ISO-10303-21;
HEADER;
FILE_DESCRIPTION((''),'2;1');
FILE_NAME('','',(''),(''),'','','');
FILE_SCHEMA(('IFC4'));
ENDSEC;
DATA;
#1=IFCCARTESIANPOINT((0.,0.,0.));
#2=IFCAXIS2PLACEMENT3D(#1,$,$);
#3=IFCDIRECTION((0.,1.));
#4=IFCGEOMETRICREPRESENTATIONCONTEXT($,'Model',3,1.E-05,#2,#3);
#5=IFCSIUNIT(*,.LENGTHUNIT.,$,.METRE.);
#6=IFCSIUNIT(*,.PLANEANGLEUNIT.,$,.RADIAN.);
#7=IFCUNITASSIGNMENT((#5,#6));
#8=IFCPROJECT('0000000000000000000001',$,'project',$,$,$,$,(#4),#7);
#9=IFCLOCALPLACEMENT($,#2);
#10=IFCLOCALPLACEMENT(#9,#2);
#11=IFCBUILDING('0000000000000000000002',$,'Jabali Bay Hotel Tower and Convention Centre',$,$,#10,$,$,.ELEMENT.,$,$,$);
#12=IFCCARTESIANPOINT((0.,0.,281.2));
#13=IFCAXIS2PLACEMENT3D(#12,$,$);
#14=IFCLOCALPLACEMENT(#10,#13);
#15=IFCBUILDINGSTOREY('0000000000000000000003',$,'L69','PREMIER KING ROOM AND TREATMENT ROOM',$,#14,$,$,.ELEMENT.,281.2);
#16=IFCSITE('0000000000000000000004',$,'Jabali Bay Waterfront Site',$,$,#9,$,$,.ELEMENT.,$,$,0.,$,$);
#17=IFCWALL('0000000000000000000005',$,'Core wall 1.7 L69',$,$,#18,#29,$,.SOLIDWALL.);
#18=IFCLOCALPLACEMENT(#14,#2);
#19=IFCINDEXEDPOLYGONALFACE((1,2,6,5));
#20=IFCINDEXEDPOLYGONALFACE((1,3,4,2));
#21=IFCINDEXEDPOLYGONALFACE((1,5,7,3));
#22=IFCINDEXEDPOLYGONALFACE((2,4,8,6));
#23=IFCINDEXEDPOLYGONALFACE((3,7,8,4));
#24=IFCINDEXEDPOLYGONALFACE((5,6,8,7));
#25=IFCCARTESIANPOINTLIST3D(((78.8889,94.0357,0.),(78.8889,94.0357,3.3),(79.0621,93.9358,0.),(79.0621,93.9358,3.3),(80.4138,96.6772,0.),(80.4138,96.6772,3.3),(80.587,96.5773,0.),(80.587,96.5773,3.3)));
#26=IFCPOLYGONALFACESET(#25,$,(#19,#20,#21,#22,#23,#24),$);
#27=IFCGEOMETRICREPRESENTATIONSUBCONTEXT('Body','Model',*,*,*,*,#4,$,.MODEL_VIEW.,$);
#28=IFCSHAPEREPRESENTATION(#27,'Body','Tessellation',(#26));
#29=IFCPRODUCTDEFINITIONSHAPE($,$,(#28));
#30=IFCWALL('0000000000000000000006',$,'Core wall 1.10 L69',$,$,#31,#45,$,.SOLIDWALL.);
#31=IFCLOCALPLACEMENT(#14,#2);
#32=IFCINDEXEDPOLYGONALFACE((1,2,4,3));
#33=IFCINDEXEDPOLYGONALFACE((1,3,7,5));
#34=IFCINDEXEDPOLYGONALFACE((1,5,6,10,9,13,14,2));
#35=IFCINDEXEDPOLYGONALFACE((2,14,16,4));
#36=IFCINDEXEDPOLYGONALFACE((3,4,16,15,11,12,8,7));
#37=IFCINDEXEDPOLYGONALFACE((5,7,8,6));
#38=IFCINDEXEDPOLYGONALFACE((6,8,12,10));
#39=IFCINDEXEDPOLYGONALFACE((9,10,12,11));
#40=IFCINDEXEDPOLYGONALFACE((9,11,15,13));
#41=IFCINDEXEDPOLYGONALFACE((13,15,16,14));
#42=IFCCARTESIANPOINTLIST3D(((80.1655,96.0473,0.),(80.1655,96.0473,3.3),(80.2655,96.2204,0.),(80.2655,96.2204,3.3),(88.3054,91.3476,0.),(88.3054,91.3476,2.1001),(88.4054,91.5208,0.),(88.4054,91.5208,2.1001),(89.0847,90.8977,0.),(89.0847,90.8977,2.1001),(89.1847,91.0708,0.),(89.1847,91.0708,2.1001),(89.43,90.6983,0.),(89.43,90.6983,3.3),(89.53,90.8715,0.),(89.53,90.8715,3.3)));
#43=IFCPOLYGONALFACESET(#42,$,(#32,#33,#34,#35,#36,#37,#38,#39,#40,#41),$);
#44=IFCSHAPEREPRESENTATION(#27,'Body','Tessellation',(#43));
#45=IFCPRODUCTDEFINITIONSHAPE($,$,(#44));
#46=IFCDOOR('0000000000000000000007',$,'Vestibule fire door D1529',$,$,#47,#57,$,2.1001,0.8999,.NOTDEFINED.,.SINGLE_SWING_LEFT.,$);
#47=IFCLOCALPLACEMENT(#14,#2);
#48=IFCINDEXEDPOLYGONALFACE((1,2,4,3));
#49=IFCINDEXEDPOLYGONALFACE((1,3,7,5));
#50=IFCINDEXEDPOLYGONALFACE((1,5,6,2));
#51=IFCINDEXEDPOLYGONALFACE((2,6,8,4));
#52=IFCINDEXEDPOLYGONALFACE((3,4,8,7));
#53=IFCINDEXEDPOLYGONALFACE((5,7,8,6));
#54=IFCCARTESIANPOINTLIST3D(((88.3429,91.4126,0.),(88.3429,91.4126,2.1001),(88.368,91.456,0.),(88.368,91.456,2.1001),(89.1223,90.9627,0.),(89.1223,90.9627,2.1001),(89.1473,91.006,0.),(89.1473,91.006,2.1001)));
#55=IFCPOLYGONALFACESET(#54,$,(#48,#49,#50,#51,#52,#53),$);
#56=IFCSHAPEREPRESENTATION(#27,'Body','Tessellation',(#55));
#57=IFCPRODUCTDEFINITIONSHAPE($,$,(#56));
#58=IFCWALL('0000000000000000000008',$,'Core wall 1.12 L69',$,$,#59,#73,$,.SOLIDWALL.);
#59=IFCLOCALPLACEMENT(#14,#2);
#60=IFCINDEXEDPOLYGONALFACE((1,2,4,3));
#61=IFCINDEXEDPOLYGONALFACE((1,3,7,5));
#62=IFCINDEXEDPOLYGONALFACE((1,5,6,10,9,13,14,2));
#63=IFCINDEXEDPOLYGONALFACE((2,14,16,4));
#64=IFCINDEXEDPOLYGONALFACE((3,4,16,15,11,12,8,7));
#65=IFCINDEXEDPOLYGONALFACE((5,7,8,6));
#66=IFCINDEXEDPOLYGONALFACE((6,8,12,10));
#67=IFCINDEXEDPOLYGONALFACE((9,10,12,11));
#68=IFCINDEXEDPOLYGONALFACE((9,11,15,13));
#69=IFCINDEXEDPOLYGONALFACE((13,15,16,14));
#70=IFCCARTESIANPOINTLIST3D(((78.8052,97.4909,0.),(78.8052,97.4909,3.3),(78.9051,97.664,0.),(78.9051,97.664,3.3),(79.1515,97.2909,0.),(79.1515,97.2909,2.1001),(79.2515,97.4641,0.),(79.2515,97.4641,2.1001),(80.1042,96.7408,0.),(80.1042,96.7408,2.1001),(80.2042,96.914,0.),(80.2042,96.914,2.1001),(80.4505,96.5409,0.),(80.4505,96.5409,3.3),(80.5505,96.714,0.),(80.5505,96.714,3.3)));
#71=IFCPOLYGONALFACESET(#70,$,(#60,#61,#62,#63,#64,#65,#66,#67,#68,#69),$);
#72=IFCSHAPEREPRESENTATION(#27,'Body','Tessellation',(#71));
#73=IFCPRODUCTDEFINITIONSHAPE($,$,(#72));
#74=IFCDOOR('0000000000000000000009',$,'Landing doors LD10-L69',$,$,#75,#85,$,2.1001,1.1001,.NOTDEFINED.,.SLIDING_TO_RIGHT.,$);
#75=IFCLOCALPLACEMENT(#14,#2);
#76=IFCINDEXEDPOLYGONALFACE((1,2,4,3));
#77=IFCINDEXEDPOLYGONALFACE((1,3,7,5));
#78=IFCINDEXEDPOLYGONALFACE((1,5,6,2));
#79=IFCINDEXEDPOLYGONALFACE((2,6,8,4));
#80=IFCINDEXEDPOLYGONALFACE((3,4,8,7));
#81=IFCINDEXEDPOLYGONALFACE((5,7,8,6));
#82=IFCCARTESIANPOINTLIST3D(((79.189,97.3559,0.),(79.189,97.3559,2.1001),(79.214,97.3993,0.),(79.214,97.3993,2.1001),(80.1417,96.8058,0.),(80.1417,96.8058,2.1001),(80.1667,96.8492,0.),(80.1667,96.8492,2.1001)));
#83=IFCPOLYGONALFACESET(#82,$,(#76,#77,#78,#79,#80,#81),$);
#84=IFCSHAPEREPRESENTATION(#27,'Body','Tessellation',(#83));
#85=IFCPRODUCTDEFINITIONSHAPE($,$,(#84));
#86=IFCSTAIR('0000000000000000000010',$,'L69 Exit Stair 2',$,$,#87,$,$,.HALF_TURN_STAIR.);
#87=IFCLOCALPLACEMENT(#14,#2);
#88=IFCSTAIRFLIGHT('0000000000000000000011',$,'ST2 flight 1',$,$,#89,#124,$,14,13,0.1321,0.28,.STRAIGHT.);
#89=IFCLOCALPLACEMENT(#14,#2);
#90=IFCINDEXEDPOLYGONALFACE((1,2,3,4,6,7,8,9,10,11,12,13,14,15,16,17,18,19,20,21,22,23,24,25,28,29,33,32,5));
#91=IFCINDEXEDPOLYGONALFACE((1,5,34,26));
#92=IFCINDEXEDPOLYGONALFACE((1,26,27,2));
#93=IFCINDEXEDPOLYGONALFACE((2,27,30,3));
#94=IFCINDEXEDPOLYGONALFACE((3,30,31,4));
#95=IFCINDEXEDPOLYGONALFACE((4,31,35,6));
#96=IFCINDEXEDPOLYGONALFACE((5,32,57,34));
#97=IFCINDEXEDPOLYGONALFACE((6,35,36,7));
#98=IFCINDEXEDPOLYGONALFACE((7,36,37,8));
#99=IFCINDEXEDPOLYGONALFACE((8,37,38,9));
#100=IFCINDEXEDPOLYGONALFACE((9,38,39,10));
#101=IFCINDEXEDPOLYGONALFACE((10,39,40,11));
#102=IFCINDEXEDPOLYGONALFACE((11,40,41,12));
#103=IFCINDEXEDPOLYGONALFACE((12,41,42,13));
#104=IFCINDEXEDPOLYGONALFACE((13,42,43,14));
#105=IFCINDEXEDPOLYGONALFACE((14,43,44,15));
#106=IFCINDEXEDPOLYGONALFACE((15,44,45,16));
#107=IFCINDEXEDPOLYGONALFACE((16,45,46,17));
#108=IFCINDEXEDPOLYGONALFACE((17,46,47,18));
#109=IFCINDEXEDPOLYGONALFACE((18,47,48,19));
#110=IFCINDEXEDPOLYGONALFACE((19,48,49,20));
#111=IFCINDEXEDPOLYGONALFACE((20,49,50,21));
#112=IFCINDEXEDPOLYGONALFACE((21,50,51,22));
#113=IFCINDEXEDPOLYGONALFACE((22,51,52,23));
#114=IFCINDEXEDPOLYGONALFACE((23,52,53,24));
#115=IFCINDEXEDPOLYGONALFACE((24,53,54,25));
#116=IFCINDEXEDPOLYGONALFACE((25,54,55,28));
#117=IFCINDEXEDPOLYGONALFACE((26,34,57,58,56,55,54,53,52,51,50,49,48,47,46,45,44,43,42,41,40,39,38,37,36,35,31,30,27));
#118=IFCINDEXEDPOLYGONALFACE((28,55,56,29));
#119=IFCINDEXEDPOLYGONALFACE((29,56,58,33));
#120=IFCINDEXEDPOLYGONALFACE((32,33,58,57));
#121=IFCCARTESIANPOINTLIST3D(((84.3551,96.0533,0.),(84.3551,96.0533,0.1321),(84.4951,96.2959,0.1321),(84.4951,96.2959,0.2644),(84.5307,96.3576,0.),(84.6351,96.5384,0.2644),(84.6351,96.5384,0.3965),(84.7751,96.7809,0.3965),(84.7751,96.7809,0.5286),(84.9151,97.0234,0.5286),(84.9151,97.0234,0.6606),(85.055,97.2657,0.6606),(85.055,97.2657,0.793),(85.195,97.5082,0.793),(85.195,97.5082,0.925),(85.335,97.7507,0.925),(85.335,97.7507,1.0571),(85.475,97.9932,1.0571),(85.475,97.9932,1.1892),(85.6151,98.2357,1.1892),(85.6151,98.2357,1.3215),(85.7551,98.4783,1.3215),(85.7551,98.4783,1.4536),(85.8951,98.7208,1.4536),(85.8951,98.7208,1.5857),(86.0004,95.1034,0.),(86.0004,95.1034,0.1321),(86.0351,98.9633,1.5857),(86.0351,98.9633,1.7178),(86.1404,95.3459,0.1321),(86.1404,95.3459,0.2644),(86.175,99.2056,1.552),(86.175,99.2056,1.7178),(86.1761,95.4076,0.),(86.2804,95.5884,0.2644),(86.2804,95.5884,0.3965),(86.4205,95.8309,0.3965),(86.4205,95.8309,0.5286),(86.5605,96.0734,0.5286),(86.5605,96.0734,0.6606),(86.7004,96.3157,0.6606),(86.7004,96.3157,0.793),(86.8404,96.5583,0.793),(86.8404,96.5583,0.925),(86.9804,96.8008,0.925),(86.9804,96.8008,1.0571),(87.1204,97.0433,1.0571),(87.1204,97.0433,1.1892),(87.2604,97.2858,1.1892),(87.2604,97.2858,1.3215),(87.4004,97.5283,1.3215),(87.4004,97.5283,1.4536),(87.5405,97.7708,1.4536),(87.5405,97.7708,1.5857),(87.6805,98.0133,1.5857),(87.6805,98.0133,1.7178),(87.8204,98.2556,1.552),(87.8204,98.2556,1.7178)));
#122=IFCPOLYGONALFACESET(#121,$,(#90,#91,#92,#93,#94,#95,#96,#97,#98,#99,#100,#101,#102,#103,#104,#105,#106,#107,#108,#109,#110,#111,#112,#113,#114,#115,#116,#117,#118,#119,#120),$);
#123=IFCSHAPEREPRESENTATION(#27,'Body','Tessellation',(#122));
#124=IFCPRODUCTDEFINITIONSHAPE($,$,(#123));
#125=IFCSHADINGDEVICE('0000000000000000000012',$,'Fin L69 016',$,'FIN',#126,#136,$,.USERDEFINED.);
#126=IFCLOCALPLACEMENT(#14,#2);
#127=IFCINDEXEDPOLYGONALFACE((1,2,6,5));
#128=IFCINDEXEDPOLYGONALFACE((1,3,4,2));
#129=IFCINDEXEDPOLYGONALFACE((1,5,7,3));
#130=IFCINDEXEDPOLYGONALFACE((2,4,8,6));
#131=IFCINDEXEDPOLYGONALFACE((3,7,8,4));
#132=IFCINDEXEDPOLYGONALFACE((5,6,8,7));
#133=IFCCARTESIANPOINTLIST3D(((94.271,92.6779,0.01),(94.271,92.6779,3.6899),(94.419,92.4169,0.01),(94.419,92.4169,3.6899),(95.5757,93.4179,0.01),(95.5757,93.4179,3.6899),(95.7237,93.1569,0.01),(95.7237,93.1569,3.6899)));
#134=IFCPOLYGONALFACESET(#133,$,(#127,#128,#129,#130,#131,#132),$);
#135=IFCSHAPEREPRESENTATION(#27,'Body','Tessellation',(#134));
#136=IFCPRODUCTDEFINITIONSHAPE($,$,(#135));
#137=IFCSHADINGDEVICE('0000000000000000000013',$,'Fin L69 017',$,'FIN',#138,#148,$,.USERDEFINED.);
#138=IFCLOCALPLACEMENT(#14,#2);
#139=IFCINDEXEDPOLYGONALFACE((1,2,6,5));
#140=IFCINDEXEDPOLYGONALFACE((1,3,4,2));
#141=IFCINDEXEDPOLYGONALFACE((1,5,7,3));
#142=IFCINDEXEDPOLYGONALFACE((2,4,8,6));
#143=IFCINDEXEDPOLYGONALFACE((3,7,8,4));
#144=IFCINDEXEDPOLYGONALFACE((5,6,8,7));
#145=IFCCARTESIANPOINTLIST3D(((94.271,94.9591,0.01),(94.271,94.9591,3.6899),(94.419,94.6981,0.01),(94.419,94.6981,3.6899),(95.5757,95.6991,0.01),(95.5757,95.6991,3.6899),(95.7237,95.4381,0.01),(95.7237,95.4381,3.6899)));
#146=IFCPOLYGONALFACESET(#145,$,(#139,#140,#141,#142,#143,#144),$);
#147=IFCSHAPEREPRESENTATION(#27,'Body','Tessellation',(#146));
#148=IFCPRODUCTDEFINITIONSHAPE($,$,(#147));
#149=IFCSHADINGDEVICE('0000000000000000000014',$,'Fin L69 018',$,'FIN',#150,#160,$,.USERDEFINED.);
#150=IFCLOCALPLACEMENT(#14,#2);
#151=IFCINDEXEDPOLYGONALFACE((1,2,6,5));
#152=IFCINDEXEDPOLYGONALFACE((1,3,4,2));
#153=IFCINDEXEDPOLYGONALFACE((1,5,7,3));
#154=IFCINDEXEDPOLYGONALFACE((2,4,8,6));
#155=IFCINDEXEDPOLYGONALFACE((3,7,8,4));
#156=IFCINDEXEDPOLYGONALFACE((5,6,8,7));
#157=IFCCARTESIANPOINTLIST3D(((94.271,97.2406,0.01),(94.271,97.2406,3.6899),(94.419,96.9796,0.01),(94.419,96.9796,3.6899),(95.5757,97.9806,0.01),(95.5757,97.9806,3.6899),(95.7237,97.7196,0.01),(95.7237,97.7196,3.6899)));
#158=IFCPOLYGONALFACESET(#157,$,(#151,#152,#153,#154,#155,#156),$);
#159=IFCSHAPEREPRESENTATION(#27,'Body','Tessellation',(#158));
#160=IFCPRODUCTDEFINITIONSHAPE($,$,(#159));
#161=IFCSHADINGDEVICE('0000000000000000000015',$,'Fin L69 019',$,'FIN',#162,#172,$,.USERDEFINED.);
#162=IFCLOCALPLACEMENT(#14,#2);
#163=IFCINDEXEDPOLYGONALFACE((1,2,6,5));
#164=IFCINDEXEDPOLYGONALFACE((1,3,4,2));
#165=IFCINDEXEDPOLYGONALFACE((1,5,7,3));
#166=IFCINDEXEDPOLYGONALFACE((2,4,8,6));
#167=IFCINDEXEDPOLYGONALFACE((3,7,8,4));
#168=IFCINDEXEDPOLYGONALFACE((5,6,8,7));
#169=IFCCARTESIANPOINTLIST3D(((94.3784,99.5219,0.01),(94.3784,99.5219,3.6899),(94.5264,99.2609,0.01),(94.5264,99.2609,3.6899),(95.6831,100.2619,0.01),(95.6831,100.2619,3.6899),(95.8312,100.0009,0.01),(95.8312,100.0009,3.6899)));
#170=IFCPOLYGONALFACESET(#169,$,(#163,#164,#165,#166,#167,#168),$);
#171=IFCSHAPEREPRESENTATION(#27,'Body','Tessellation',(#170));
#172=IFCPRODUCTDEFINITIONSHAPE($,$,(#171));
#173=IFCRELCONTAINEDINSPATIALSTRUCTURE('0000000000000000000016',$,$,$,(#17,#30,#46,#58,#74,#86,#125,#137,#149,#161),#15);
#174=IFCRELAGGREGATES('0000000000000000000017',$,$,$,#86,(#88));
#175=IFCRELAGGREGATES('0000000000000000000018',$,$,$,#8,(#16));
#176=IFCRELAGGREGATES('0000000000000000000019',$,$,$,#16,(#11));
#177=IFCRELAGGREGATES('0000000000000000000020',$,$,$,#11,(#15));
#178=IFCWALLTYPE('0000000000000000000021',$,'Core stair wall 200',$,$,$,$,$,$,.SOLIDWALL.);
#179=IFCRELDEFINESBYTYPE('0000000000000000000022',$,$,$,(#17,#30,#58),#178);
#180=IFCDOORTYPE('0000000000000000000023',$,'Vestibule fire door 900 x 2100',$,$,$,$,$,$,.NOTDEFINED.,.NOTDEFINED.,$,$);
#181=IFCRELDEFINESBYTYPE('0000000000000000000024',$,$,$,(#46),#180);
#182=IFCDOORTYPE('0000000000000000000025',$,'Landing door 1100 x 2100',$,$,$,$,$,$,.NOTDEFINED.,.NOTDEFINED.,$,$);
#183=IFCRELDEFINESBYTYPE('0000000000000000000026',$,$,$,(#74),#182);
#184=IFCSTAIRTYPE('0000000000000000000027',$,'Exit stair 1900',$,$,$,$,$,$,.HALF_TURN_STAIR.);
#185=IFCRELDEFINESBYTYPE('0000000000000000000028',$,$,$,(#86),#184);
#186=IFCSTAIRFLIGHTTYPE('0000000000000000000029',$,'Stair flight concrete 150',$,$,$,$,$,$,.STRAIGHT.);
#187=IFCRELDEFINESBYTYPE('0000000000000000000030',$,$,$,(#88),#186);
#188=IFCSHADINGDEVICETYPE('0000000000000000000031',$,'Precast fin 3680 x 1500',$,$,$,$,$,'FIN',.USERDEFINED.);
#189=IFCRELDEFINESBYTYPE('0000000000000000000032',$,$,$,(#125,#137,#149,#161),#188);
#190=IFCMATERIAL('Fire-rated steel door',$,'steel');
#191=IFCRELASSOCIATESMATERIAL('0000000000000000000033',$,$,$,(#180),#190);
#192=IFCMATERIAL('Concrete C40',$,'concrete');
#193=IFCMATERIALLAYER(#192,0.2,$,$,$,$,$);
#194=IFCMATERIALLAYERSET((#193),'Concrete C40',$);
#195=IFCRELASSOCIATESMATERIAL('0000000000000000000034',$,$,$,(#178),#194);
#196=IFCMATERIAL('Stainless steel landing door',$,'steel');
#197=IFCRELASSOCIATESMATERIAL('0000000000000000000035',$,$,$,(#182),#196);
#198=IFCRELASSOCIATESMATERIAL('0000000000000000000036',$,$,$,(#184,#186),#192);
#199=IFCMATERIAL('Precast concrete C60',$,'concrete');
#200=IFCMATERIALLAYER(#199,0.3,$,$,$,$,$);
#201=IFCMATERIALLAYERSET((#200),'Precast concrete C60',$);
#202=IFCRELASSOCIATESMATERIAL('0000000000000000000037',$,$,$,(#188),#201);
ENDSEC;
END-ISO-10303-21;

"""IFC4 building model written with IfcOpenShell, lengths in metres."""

from ifc_helpers import new_model, si_unit, direction, frame, frame_2d, origin, place, context, subcontext, project, spatial, polyline, rectangle, outline, extrude, material, layer, layer_set, type_object, element, fill, aggregate, save


model = new_model("IFC4")

# Units and contexts
model_context = context("Model", 3, precision=1e-05, world=origin(), true_north=direction((0.0, 1.0)))
body_context = subcontext(model_context, "Body", "Model", "MODEL_VIEW")
ifc_project = project(units=[si_unit("LENGTHUNIT", "METRE"), si_unit("PLANEANGLEUNIT", "RADIAN")], contexts=[model_context])

# Site, building, storey
site_placement = place(None, origin())
site = spatial("IfcSite", under=ifc_project, at=site_placement, Name="Jabali Bay Waterfront Site", CompositionType="ELEMENT", RefElevation=0.0)
building_placement = place(site_placement, origin())
building = spatial("IfcBuilding", under=site, at=building_placement, Name="Jabali Bay Hotel Tower and Convention Centre", CompositionType="ELEMENT")
storey_placement = place(building_placement, frame((0.0, 0.0, 281.2)))
storey = spatial("IfcBuildingStorey", under=building, at=storey_placement, Name="L69", Description="PREMIER KING ROOM AND TREATMENT ROOM", CompositionType="ELEMENT", Elevation=281.2)

# Shared definitions
ifc_material_1 = material(Name="Concrete C40", Category="concrete")
ifc_material_2 = material(Name="Fire-rated steel door", Category="steel")
door_type_1 = type_object("IfcDoorType", Name="Vestibule fire door 900 x 2100", OperationType="NOTDEFINED", PredefinedType="NOTDEFINED", material=ifc_material_2)

# Shared definitions
ifc_layer_1 = layer(ifc_material_1, 0.2)
ifc_layer_set_1 = layer_set([ifc_layer_1], Name="Concrete C40")
wall_type_1 = type_object("IfcWallType", Name="Core stair wall 200", PredefinedType="SOLIDWALL", material=ifc_layer_set_1)

# Wall
wall_1_placement = place(storey_placement, frame((78.9756, 93.9858, 0.0), z_axis=(0.0, 0.0, 1.0), x_axis=(0.499944, 0.866058, 0.0)))
element("IfcWall", 1, at=wall_1_placement, inside=storey, type_object=wall_type_1, Name="Core wall 1.7 L69", PredefinedType="SOLIDWALL", context=body_context, shape_type="SweptSolid", body=[
    extrude(rectangle(XDim=3.05, YDim=0.2, at=frame_2d((1.5249, 0.0))), origin(), (0.0, 0.0, 1.0), 3.3),
])

# Walls, openings, doors
wall_2_placement = place(storey_placement, frame((89.48, 90.7849, 0.0), z_axis=(0.0, 0.0, 1.0), x_axis=(-0.866023, 0.500005, 0.0)))
wall_2 = element("IfcWall", 2, at=wall_2_placement, inside=storey, type_object=wall_type_1, Name="Core wall 1.10 L69", PredefinedType="SOLIDWALL", context=body_context, shape_type="SweptSolid", body=[
    extrude(rectangle(XDim=10.6978, YDim=0.2, at=frame_2d((5.3489, 0.0))), origin(), (0.0, 0.0, 1.0), 3.3),
])
opening_1_placement = place(wall_2_placement, frame((0.3987, 0.0, 0.0)))
opening_1 = element("IfcOpeningElement", 3, at=opening_1_placement, cuts=wall_2, PredefinedType="OPENING", context=body_context, shape_type="SweptSolid", body=[
    extrude(rectangle(XDim=0.8999, YDim=2.1001, at=frame_2d((0.45, 1.05))), frame((0.0, 0.1104, 0.0), z_axis=(0.0, -1.0, 0.0), x_axis=(1.0, 0.0, 0.0)), (0.0, 0.0, 1.0), 0.2209),
])
door_1_placement = place(opening_1_placement, origin())
door_1 = element("IfcDoor", 4, at=door_1_placement, inside=storey, type_object=door_type_1, Name="Vestibule fire door D1529", OperationType="SINGLE_SWING_LEFT", OverallHeight=2.1001, OverallWidth=0.8999, PredefinedType="NOTDEFINED", context=body_context, shape_type="SweptSolid", body=[
    extrude(rectangle(XDim=0.8999, YDim=2.1001, at=frame_2d((0.45, 1.05))), frame((0.0, 0.0249, 0.0), z_axis=(0.0, -1.0, 0.0), x_axis=(1.0, 0.0, 0.0)), (0.0, 0.0, 1.0), 0.05),
])
fill(opening_1, door_1)
wall_3_placement = place(storey_placement, frame((80.5005, 96.6274, 0.0), z_axis=(0.0, 0.0, 1.0), x_axis=(-0.866012, 0.500023, 0.0)))
wall_3 = element("IfcWall", 5, at=wall_3_placement, inside=storey, type_object=wall_type_1, Name="Core wall 1.12 L69", PredefinedType="SOLIDWALL", context=body_context, shape_type="SweptSolid", body=[
    extrude(rectangle(XDim=1.8999, YDim=0.2, at=frame_2d((0.95, 0.0))), origin(), (0.0, 0.0, 1.0), 3.3),
])
opening_2_placement = place(wall_3_placement, frame((0.3999, 0.0, 0.0)))
opening_2 = element("IfcOpeningElement", 6, at=opening_2_placement, cuts=wall_3, PredefinedType="OPENING", context=body_context, shape_type="SweptSolid", body=[
    extrude(rectangle(XDim=1.1001, YDim=2.1001, at=frame_2d((0.55, 1.05))), frame((0.0, 0.1104, 0.0), z_axis=(0.0, -1.0, 0.0), x_axis=(1.0, 0.0, 0.0)), (0.0, 0.0, 1.0), 0.2209),
])
ifc_material_3 = material(Name="Stainless steel landing door", Category="steel")
door_type_2 = type_object("IfcDoorType", Name="Landing door 1100 x 2100", OperationType="NOTDEFINED", PredefinedType="NOTDEFINED", material=ifc_material_3)
door_2_placement = place(opening_2_placement, origin())
door_2 = element("IfcDoor", 7, at=door_2_placement, inside=storey, type_object=door_type_2, Name="Landing doors LD10-L69", OperationType="SLIDING_TO_RIGHT", OverallHeight=2.1001, OverallWidth=1.1001, PredefinedType="NOTDEFINED", context=body_context, shape_type="SweptSolid", body=[
    extrude(rectangle(XDim=1.1001, YDim=2.1001, at=frame_2d((0.55, 1.05))), frame((0.0, 0.0249, 0.0), z_axis=(0.0, -1.0, 0.0), x_axis=(1.0, 0.0, 0.0)), (0.0, 0.0, 1.0), 0.05),
])
fill(opening_2, door_2)

# Stair, stair flight
stair_type = type_object("IfcStairType", Name="Exit stair 1900", PredefinedType="HALF_TURN_STAIR", material=ifc_material_1)
stair_placement = place(storey_placement, origin())
stair = element("IfcStair", 8, at=stair_placement, inside=storey, type_object=stair_type, Name="L69 Exit Stair 2", PredefinedType="HALF_TURN_STAIR")
stair_flight_type = type_object("IfcStairFlightType", Name="Stair flight concrete 150", PredefinedType="STRAIGHT", material=ifc_material_1)
stair_flight_placement = place(storey_placement, frame((85.1777, 95.5784, 0.0), z_axis=(0.0, 0.0, 1.0), x_axis=(0.5, 0.866025, 0.0)))
stair_flight = element("IfcStairFlight", 9, at=stair_flight_placement, type_object=stair_flight_type, Name="ST2 flight 1", NumberOfRisers=14, NumberOfTreads=13, PredefinedType="STRAIGHT", RiserHeight=0.1321, TreadLength=0.28, context=body_context, shape_type="SweptSolid", body=[
    extrude(outline(polyline([(0.0, 0.0), (0.0, 0.1321), (0.28, 0.1321), (0.28, 0.2644), (0.5601, 0.2644), (0.5601, 0.3965), (0.8401, 0.3965), (0.8401, 0.5286), (1.1201, 0.5286), (1.1201, 0.6606), (1.3999, 0.6606), (1.3999, 0.793), (1.6799, 0.793), (1.6799, 0.925), (1.96, 0.925), (1.96, 1.0571), (2.24, 1.0571), (2.24, 1.1892), (2.52, 1.1892), (2.52, 1.3215), (2.8, 1.3215), (2.8, 1.4536), (3.0801, 1.4536), (3.0801, 1.5857), (3.3601, 1.5857), (3.3601, 1.7178), (3.6399, 1.7178), (3.6399, 1.8501), (3.6399, 1.552), (0.3513, 0.0), (0.0, 0.0)])), frame((0.0, 0.95, 0.0), z_axis=(0.0, -1.0, 0.0), x_axis=(1.0, 0.0, 0.0)), (0.0, 0.0, 1.0), 1.8999),
])
aggregate(stair, [stair_flight])

# Shading devices
ifc_material_4 = material(Name="Precast concrete C60", Category="concrete")
ifc_layer_2 = layer(ifc_material_4, 0.3)
ifc_layer_set_2 = layer_set([ifc_layer_2], Name="Precast concrete C60")
shading_device_type = type_object("IfcShadingDeviceType", Name="Precast fin 3680 x 1500", ElementType="FIN", PredefinedType="USERDEFINED", material=ifc_layer_set_2)
for number, where, z_axis, x_axis, name in (
    (10, (94.345, 92.5474, 0.01), (0.0, 0.0, 1.0), (0.869831, 0.493349, 0.0), "Fin L69 016"),
    (11, (94.345, 94.8286, 0.01), (0.0, 0.0, 1.0), (0.869831, 0.493349, 0.0), "Fin L69 017"),
    (12, (94.345, 97.1101, 0.01), (0.0, 0.0, 1.0), (0.869831, 0.493349, 0.0), "Fin L69 018"),
    (13, (94.4524, 99.3914, 0.01), (0.0, 0.0, 1.0), (0.869831, 0.493349, 0.0), "Fin L69 019"),
):
    element("IfcShadingDevice", number, at=place(storey_placement, frame(where, z_axis=z_axis, x_axis=x_axis)), inside=storey, type_object=shading_device_type, Name=name, ObjectType="FIN", PredefinedType="USERDEFINED", context=body_context, shape_type="SweptSolid", body=[
        extrude(rectangle(XDim=1.5, YDim=0.3, at=frame_2d((0.75, 0.0))), origin(), (0.0, 0.0, 1.0), 3.6799),
    ])

save(model, "model.ifc")
